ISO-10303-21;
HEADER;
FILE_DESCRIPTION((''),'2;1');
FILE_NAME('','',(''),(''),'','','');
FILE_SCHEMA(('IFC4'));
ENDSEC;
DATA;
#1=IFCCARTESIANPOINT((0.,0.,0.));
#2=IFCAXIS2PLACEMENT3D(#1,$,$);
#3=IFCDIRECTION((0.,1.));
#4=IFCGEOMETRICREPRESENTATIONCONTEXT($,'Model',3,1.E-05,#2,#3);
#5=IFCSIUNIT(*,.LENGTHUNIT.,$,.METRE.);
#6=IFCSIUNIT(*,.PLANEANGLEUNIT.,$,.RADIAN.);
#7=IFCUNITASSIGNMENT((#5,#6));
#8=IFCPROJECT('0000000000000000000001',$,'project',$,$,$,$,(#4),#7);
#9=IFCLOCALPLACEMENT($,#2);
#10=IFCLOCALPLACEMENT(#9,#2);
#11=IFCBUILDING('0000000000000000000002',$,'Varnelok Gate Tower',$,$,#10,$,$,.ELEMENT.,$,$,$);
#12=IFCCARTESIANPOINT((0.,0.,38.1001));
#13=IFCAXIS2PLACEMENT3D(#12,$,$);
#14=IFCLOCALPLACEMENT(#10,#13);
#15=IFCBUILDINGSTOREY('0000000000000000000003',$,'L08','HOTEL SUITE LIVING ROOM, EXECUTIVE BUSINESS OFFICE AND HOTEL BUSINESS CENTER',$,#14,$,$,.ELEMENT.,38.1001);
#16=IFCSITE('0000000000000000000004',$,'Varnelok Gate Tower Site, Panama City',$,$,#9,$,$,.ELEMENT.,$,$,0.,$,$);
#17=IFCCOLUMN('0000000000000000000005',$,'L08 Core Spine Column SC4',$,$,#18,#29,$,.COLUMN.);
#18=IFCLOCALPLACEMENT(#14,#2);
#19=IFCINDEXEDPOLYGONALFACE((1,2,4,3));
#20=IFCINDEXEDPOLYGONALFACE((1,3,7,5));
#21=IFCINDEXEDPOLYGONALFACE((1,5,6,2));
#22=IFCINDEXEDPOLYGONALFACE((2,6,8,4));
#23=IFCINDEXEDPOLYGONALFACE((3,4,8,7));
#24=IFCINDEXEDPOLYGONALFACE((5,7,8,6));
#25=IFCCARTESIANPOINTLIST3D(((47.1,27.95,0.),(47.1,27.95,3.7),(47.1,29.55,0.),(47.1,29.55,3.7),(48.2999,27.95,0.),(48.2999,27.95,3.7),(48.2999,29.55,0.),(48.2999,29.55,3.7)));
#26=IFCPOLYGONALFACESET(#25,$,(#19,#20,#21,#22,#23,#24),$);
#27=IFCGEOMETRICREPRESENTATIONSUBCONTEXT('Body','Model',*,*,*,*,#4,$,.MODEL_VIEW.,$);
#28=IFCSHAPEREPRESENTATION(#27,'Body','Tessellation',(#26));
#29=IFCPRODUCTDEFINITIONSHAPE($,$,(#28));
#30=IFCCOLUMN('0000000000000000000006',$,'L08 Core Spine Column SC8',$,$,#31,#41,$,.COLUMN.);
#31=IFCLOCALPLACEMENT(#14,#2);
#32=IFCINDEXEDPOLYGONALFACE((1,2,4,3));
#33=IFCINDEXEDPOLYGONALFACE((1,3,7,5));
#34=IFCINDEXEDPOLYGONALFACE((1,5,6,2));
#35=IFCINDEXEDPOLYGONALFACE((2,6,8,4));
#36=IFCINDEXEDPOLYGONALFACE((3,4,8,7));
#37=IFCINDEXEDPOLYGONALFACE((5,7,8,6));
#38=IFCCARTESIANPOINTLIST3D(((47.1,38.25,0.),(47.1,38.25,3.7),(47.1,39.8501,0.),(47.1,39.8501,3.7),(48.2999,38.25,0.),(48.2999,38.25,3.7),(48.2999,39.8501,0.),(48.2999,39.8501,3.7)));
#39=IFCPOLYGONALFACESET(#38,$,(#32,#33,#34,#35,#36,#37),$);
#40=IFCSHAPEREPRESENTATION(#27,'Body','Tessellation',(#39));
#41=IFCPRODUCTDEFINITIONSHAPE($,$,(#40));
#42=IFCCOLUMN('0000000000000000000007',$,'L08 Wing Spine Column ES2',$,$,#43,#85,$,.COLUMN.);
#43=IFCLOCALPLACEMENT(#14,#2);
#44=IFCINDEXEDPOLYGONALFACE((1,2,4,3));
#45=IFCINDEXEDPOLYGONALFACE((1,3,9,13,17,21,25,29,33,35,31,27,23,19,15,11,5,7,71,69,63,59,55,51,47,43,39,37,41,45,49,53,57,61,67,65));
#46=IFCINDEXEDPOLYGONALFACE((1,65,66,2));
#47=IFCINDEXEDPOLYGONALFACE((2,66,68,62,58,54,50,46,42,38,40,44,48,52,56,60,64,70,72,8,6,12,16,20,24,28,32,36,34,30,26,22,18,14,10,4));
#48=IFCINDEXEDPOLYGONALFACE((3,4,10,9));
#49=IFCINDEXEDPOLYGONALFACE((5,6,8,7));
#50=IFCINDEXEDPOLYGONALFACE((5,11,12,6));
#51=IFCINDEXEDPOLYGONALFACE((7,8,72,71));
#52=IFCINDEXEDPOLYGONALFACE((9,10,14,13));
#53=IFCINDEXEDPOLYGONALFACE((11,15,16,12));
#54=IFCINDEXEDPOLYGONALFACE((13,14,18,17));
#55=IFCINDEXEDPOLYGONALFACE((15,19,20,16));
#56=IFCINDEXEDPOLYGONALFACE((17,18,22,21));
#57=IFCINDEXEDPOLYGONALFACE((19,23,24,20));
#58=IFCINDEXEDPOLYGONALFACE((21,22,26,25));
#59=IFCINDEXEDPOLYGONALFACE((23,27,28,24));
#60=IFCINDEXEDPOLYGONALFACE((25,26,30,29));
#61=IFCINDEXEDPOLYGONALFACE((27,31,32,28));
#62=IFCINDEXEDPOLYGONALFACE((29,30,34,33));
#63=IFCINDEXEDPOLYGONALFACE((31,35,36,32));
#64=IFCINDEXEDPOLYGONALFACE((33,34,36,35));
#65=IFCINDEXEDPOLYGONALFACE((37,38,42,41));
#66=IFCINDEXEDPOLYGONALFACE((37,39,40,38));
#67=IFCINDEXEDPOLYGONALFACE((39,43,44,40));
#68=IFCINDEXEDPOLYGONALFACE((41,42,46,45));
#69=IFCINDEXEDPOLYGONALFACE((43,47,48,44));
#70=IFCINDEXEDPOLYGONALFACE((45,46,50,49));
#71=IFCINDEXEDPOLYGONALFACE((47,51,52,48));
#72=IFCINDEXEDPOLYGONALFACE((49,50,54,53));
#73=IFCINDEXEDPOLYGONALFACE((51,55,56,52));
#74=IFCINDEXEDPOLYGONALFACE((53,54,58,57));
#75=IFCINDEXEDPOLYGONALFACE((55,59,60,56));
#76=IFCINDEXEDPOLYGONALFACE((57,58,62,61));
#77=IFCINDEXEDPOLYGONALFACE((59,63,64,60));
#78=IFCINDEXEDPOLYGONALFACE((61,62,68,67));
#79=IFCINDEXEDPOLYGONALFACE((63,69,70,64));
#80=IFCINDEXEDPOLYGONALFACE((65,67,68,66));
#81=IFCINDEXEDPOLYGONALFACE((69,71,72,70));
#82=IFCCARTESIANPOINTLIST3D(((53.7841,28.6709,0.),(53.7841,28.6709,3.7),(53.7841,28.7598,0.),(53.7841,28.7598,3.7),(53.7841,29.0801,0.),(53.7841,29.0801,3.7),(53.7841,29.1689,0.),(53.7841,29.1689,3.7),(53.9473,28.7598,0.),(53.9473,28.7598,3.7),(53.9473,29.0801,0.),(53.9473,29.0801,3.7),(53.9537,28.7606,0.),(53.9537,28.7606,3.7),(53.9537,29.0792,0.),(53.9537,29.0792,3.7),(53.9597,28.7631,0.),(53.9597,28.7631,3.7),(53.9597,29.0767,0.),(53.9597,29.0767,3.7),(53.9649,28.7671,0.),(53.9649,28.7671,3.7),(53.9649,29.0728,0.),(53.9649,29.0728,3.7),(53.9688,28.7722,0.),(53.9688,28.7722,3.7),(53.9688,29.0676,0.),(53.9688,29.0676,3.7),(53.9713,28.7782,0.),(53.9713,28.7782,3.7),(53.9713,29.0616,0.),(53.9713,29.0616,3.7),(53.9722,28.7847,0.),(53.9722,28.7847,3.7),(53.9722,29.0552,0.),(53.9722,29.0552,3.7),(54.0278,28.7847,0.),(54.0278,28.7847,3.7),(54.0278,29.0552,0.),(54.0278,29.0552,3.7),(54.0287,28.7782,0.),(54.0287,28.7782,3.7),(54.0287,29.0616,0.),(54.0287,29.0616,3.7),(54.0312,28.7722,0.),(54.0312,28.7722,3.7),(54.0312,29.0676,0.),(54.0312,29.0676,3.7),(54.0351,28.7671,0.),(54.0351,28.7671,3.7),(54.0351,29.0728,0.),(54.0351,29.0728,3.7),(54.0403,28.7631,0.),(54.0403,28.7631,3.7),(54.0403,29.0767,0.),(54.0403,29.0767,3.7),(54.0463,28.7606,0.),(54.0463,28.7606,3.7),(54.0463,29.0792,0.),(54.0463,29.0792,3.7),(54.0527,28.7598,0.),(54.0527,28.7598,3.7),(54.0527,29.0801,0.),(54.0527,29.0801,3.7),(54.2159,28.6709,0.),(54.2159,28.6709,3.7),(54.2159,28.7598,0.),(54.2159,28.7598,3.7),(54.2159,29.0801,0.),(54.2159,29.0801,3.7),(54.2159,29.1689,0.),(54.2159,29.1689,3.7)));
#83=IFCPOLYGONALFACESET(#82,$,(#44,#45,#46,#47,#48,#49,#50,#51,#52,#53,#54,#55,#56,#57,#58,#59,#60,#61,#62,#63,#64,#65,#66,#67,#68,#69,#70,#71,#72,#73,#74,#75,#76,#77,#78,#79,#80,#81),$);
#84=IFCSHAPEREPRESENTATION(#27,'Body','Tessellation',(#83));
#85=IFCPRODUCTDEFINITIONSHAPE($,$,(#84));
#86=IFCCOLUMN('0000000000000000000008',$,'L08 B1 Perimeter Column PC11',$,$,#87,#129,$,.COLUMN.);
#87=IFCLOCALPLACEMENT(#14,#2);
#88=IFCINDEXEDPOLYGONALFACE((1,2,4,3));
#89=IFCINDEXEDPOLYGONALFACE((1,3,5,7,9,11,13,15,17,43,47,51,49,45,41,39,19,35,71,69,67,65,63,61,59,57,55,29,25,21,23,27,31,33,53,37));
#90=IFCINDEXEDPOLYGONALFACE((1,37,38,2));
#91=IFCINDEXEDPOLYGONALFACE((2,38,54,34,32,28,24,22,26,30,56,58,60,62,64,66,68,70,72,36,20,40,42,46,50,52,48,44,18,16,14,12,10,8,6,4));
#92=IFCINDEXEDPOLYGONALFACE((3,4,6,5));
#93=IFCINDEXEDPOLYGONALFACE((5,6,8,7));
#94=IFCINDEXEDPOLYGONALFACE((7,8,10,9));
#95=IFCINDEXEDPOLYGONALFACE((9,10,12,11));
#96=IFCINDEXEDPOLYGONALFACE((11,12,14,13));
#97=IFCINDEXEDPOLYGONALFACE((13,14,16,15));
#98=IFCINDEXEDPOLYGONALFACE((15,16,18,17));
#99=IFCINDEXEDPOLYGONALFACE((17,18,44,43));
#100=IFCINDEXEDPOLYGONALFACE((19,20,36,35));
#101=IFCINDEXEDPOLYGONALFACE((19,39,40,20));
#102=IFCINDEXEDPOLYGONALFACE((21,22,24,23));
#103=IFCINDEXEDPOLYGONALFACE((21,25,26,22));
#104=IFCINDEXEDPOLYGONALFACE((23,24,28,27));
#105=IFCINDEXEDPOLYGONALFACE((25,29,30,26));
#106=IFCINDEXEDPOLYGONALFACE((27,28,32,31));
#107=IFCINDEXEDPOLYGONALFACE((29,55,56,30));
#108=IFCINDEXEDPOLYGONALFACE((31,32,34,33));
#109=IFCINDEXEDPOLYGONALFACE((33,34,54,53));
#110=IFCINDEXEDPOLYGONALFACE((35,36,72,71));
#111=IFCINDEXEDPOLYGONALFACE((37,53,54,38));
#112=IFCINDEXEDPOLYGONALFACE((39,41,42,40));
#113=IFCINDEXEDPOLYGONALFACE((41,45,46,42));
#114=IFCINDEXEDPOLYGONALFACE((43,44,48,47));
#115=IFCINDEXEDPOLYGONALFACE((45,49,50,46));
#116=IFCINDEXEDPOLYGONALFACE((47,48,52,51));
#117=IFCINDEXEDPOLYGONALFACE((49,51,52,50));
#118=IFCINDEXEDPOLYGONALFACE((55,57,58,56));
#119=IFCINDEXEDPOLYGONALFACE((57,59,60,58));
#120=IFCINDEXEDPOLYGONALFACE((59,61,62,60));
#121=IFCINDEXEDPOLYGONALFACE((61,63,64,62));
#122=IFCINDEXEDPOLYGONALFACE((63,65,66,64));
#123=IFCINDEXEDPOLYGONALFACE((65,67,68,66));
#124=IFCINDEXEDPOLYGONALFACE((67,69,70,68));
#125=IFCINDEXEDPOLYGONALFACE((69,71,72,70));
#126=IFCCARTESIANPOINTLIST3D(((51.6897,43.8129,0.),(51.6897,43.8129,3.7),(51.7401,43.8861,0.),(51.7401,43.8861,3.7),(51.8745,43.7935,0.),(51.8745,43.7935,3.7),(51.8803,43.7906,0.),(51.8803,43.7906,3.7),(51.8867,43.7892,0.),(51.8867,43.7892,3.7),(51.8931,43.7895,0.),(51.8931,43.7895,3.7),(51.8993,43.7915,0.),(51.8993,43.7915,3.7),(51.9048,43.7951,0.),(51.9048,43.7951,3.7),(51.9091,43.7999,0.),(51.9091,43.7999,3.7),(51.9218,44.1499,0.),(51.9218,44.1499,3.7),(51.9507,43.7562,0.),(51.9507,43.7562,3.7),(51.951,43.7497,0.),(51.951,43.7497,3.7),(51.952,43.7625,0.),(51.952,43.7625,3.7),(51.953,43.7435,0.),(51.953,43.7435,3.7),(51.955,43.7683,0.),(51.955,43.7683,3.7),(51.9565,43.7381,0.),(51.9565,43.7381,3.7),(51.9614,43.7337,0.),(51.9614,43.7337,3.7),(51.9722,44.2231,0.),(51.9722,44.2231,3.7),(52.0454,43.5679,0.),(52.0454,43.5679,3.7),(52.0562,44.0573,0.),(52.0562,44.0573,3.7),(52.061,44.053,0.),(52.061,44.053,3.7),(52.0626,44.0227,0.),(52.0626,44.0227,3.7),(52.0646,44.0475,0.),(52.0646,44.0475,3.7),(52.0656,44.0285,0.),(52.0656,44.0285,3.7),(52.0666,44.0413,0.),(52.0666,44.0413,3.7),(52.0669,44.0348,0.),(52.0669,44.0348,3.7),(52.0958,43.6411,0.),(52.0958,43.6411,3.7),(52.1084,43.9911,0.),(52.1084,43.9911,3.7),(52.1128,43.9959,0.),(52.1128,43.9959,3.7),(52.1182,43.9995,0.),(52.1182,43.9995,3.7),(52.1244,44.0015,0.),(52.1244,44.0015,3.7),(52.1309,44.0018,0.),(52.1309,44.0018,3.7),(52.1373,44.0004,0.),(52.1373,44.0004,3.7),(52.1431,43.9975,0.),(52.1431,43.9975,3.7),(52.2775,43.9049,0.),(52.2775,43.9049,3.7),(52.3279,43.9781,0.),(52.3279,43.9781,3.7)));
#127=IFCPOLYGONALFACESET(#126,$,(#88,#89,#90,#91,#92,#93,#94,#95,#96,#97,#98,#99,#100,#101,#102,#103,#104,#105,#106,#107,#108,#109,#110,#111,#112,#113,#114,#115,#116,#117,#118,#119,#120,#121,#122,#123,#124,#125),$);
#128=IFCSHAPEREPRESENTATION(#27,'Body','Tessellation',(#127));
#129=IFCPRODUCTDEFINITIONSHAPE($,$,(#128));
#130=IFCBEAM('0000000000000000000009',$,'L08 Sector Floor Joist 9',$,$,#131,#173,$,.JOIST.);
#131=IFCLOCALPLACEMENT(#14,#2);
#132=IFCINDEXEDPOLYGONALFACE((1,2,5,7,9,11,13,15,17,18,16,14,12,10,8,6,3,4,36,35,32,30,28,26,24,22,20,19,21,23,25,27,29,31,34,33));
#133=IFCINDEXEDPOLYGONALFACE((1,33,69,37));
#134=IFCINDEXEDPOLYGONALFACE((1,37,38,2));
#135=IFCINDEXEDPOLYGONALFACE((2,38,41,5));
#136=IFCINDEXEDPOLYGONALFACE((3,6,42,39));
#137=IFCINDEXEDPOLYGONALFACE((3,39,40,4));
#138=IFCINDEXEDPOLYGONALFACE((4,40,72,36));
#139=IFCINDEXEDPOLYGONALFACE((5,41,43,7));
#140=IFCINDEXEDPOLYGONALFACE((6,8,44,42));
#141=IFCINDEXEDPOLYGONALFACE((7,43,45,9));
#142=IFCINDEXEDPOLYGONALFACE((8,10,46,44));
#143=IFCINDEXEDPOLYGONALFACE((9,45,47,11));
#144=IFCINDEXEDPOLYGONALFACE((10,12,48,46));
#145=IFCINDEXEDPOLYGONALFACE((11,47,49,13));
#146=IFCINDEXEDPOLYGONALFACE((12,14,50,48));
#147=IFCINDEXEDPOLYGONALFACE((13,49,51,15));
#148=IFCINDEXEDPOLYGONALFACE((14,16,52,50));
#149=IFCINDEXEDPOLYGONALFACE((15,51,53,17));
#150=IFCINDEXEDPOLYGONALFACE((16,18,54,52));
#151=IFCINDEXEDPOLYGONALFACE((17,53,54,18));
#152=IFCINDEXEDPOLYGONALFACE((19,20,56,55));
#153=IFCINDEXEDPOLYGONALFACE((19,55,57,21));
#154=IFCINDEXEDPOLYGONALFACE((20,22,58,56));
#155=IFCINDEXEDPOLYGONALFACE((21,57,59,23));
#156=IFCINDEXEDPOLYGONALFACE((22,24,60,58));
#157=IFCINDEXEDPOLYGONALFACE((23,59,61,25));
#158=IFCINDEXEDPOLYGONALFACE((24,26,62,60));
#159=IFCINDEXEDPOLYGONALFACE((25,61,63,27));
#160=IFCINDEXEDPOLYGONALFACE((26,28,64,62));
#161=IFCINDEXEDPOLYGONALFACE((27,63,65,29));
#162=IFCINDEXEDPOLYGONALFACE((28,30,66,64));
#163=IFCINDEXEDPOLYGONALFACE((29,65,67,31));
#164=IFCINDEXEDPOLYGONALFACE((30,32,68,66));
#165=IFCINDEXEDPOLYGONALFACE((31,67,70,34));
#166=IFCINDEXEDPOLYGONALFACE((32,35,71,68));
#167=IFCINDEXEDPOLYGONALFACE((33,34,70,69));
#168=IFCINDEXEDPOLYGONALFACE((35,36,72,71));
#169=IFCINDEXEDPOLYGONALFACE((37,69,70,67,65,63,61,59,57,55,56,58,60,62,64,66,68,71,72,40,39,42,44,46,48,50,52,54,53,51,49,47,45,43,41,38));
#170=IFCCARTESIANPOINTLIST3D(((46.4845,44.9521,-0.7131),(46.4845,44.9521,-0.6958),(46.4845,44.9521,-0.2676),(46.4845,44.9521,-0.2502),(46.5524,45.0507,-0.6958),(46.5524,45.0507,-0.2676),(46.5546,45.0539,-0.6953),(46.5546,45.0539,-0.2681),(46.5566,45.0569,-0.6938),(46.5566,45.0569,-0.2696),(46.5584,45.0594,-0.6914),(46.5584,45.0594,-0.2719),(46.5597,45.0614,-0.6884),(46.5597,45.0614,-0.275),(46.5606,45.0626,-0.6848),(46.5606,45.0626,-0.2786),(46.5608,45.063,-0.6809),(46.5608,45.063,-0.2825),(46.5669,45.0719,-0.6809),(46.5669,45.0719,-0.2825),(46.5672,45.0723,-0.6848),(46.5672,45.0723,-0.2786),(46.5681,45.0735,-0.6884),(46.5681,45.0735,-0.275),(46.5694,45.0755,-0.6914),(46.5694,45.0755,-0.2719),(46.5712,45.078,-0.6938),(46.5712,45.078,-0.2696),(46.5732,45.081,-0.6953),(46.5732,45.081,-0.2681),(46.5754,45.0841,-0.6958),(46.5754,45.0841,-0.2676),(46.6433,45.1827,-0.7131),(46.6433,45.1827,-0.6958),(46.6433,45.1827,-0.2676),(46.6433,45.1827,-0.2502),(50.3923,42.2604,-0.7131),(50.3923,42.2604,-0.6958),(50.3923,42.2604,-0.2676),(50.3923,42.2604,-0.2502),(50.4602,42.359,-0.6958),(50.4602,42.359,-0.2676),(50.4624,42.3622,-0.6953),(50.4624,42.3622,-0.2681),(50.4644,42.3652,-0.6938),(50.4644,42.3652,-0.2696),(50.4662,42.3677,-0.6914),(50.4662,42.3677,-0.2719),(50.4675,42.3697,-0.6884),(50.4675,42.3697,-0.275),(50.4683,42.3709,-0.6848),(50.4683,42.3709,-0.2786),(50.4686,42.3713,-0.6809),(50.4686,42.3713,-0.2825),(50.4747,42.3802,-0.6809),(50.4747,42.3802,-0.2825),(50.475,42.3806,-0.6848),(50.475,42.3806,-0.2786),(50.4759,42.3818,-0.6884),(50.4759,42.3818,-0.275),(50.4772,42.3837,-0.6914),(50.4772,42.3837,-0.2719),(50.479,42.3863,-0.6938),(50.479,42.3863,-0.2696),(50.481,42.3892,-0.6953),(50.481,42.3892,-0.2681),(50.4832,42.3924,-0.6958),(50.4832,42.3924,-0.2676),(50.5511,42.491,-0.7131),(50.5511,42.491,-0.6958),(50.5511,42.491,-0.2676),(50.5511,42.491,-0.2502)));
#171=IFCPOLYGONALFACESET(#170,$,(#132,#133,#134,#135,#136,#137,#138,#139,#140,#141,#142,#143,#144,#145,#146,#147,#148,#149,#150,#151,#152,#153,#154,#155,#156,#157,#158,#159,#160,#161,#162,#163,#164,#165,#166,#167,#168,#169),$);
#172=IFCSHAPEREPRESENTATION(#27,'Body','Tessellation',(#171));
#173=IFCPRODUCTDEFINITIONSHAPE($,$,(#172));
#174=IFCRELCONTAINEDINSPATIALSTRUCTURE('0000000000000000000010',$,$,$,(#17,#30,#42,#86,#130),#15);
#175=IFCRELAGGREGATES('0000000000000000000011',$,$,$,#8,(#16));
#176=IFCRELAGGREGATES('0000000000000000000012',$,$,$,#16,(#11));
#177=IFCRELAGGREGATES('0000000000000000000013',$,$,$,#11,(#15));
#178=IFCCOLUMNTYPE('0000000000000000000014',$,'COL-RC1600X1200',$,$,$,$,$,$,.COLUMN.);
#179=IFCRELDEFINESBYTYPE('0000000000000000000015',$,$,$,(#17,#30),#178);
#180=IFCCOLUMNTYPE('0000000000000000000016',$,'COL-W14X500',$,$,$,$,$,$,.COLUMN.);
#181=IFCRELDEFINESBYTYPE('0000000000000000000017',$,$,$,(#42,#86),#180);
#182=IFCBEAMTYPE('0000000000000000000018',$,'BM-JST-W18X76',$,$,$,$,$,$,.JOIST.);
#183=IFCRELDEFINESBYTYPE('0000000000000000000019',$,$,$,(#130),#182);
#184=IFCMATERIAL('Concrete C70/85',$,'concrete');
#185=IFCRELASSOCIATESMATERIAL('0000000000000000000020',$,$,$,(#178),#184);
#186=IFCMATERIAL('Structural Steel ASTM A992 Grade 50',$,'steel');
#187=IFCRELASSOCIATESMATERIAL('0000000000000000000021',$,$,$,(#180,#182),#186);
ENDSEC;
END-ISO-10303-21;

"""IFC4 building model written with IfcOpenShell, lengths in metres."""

from ifc_helpers import new_model, si_unit, direction, frame, origin, origin_2d, place, context, subcontext, project, spatial, rectangle, i_section, extrude, material, material_profile, profile_set, type_object, element, save


model = new_model("IFC4")

# Units and contexts
model_context = context("Model", 3, precision=1e-05, world=origin(), true_north=direction((0.0, 1.0)))
body_context = subcontext(model_context, "Body", "Model", "MODEL_VIEW")
ifc_project = project(units=[si_unit("LENGTHUNIT", "METRE"), si_unit("PLANEANGLEUNIT", "RADIAN")], contexts=[model_context])

# Site, building, storey
site_placement = place(None, origin())
site = spatial("IfcSite", under=ifc_project, at=site_placement, Name="Varnelok Gate Tower Site, Panama City", CompositionType="ELEMENT", RefElevation=0.0)
building_placement = place(site_placement, origin())
building = spatial("IfcBuilding", under=site, at=building_placement, Name="Varnelok Gate Tower", CompositionType="ELEMENT")
storey_placement = place(building_placement, frame((0.0, 0.0, 38.1001)))
storey = spatial("IfcBuildingStorey", under=building, at=storey_placement, Name="L08", Description="HOTEL SUITE LIVING ROOM, EXECUTIVE BUSINESS OFFICE AND HOTEL BUSINESS CENTER", CompositionType="ELEMENT", Elevation=38.1001)

# Columns
ifc_material_1 = material(Name="Concrete C70/85", Category="concrete")
ifc_material_profile_1 = material_profile(ifc_material_1, rectangle(XDim=1.2, YDim=1.6001, at=origin_2d()), Name="RC1600X1200")
ifc_profile_set_1 = profile_set([ifc_material_profile_1], Name="Concrete C70/85")
column_type_1 = type_object("IfcColumnType", Name="COL-RC1600X1200", PredefinedType="COLUMN", material=ifc_profile_set_1)
for number, where, z_axis, x_axis, name in (
    (1, (47.7, 28.75, 0.0), (0.0, 0.0, 1.0), (1.0, 0.0, 0.0), "L08 Core Spine Column SC4"),
    (2, (47.7, 39.05, 0.0), (0.0, 0.0, 1.0), (1.0, 0.0, 0.0), "L08 Core Spine Column SC8"),
):
    element("IfcColumn", number, at=place(storey_placement, frame(where, z_axis=z_axis, x_axis=x_axis)), inside=storey, type_object=column_type_1, Name=name, PredefinedType="COLUMN", context=body_context, shape_type="SweptSolid", body=[
        extrude(rectangle(XDim=1.2, YDim=1.6001, at=origin_2d()), origin(), (0.0, 0.0, 1.0), 3.7),
    ])
ifc_material_2 = material(Name="Structural Steel ASTM A992 Grade 50", Category="steel")
ifc_material_profile_2 = material_profile(ifc_material_2, i_section(OverallWidth=0.4319, OverallDepth=0.498, WebThickness=0.0557, FlangeThickness=0.0889, FilletRadius=0.0249, at=origin_2d()), Name="W14X500")
ifc_profile_set_2 = profile_set([ifc_material_profile_2], Name="Structural Steel ASTM A992 Grade 50")
column_type_2 = type_object("IfcColumnType", Name="COL-W14X500", PredefinedType="COLUMN", material=ifc_profile_set_2)
for number, where, z_axis, x_axis, name in (
    (3, (54.0, 28.9199, 0.0), (0.0, 0.0, 1.0), (1.0, 0.0, 0.0), "L08 Wing Spine Column ES2"),
    (4, (52.0088, 43.8955, 0.0), (0.0, 0.0, 1.0), (0.823533, -0.567269, 0.0), "L08 B1 Perimeter Column PC11"),
):
    element("IfcColumn", number, at=place(storey_placement, frame(where, z_axis=z_axis, x_axis=x_axis)), inside=storey, type_object=column_type_2, Name=name, PredefinedType="COLUMN", context=body_context, shape_type="SweptSolid", body=[
        extrude(i_section(OverallWidth=0.4319, OverallDepth=0.498, WebThickness=0.0557, FlangeThickness=0.0889, FilletRadius=0.0249, at=origin_2d()), origin(), (0.0, 0.0, 1.0), 3.7),
    ])

# Beam
ifc_material_profile_3 = material_profile(ifc_material_2, i_section(OverallWidth=0.28, OverallDepth=0.4629, WebThickness=0.0107, FlangeThickness=0.0173, FilletRadius=0.0149, at=origin_2d()), Name="W18X76")
ifc_profile_set_3 = profile_set([ifc_material_profile_3], Name="Structural Steel ASTM A992 Grade 50")
beam_type_1 = type_object("IfcBeamType", Name="BM-JST-W18X76", PredefinedType="JOIST", material=ifc_profile_set_3)
beam_1_placement = place(storey_placement, frame((50.4717, 42.3757, -0.4817), z_axis=(-0.82354, 0.567258, 0.0), x_axis=(-0.567258, -0.82354, 0.0)))
element("IfcBeam", 5, at=beam_1_placement, inside=storey, type_object=beam_type_1, Name="L08 Sector Floor Joist 9", PredefinedType="JOIST", context=body_context, shape_type="SweptSolid", body=[
    extrude(i_section(OverallWidth=0.28, OverallDepth=0.4629, WebThickness=0.0107, FlangeThickness=0.0173, FilletRadius=0.0149, at=origin_2d()), origin(), (0.0, 0.0, 1.0), 4.7451),
])

save(model, "model.ifc")
